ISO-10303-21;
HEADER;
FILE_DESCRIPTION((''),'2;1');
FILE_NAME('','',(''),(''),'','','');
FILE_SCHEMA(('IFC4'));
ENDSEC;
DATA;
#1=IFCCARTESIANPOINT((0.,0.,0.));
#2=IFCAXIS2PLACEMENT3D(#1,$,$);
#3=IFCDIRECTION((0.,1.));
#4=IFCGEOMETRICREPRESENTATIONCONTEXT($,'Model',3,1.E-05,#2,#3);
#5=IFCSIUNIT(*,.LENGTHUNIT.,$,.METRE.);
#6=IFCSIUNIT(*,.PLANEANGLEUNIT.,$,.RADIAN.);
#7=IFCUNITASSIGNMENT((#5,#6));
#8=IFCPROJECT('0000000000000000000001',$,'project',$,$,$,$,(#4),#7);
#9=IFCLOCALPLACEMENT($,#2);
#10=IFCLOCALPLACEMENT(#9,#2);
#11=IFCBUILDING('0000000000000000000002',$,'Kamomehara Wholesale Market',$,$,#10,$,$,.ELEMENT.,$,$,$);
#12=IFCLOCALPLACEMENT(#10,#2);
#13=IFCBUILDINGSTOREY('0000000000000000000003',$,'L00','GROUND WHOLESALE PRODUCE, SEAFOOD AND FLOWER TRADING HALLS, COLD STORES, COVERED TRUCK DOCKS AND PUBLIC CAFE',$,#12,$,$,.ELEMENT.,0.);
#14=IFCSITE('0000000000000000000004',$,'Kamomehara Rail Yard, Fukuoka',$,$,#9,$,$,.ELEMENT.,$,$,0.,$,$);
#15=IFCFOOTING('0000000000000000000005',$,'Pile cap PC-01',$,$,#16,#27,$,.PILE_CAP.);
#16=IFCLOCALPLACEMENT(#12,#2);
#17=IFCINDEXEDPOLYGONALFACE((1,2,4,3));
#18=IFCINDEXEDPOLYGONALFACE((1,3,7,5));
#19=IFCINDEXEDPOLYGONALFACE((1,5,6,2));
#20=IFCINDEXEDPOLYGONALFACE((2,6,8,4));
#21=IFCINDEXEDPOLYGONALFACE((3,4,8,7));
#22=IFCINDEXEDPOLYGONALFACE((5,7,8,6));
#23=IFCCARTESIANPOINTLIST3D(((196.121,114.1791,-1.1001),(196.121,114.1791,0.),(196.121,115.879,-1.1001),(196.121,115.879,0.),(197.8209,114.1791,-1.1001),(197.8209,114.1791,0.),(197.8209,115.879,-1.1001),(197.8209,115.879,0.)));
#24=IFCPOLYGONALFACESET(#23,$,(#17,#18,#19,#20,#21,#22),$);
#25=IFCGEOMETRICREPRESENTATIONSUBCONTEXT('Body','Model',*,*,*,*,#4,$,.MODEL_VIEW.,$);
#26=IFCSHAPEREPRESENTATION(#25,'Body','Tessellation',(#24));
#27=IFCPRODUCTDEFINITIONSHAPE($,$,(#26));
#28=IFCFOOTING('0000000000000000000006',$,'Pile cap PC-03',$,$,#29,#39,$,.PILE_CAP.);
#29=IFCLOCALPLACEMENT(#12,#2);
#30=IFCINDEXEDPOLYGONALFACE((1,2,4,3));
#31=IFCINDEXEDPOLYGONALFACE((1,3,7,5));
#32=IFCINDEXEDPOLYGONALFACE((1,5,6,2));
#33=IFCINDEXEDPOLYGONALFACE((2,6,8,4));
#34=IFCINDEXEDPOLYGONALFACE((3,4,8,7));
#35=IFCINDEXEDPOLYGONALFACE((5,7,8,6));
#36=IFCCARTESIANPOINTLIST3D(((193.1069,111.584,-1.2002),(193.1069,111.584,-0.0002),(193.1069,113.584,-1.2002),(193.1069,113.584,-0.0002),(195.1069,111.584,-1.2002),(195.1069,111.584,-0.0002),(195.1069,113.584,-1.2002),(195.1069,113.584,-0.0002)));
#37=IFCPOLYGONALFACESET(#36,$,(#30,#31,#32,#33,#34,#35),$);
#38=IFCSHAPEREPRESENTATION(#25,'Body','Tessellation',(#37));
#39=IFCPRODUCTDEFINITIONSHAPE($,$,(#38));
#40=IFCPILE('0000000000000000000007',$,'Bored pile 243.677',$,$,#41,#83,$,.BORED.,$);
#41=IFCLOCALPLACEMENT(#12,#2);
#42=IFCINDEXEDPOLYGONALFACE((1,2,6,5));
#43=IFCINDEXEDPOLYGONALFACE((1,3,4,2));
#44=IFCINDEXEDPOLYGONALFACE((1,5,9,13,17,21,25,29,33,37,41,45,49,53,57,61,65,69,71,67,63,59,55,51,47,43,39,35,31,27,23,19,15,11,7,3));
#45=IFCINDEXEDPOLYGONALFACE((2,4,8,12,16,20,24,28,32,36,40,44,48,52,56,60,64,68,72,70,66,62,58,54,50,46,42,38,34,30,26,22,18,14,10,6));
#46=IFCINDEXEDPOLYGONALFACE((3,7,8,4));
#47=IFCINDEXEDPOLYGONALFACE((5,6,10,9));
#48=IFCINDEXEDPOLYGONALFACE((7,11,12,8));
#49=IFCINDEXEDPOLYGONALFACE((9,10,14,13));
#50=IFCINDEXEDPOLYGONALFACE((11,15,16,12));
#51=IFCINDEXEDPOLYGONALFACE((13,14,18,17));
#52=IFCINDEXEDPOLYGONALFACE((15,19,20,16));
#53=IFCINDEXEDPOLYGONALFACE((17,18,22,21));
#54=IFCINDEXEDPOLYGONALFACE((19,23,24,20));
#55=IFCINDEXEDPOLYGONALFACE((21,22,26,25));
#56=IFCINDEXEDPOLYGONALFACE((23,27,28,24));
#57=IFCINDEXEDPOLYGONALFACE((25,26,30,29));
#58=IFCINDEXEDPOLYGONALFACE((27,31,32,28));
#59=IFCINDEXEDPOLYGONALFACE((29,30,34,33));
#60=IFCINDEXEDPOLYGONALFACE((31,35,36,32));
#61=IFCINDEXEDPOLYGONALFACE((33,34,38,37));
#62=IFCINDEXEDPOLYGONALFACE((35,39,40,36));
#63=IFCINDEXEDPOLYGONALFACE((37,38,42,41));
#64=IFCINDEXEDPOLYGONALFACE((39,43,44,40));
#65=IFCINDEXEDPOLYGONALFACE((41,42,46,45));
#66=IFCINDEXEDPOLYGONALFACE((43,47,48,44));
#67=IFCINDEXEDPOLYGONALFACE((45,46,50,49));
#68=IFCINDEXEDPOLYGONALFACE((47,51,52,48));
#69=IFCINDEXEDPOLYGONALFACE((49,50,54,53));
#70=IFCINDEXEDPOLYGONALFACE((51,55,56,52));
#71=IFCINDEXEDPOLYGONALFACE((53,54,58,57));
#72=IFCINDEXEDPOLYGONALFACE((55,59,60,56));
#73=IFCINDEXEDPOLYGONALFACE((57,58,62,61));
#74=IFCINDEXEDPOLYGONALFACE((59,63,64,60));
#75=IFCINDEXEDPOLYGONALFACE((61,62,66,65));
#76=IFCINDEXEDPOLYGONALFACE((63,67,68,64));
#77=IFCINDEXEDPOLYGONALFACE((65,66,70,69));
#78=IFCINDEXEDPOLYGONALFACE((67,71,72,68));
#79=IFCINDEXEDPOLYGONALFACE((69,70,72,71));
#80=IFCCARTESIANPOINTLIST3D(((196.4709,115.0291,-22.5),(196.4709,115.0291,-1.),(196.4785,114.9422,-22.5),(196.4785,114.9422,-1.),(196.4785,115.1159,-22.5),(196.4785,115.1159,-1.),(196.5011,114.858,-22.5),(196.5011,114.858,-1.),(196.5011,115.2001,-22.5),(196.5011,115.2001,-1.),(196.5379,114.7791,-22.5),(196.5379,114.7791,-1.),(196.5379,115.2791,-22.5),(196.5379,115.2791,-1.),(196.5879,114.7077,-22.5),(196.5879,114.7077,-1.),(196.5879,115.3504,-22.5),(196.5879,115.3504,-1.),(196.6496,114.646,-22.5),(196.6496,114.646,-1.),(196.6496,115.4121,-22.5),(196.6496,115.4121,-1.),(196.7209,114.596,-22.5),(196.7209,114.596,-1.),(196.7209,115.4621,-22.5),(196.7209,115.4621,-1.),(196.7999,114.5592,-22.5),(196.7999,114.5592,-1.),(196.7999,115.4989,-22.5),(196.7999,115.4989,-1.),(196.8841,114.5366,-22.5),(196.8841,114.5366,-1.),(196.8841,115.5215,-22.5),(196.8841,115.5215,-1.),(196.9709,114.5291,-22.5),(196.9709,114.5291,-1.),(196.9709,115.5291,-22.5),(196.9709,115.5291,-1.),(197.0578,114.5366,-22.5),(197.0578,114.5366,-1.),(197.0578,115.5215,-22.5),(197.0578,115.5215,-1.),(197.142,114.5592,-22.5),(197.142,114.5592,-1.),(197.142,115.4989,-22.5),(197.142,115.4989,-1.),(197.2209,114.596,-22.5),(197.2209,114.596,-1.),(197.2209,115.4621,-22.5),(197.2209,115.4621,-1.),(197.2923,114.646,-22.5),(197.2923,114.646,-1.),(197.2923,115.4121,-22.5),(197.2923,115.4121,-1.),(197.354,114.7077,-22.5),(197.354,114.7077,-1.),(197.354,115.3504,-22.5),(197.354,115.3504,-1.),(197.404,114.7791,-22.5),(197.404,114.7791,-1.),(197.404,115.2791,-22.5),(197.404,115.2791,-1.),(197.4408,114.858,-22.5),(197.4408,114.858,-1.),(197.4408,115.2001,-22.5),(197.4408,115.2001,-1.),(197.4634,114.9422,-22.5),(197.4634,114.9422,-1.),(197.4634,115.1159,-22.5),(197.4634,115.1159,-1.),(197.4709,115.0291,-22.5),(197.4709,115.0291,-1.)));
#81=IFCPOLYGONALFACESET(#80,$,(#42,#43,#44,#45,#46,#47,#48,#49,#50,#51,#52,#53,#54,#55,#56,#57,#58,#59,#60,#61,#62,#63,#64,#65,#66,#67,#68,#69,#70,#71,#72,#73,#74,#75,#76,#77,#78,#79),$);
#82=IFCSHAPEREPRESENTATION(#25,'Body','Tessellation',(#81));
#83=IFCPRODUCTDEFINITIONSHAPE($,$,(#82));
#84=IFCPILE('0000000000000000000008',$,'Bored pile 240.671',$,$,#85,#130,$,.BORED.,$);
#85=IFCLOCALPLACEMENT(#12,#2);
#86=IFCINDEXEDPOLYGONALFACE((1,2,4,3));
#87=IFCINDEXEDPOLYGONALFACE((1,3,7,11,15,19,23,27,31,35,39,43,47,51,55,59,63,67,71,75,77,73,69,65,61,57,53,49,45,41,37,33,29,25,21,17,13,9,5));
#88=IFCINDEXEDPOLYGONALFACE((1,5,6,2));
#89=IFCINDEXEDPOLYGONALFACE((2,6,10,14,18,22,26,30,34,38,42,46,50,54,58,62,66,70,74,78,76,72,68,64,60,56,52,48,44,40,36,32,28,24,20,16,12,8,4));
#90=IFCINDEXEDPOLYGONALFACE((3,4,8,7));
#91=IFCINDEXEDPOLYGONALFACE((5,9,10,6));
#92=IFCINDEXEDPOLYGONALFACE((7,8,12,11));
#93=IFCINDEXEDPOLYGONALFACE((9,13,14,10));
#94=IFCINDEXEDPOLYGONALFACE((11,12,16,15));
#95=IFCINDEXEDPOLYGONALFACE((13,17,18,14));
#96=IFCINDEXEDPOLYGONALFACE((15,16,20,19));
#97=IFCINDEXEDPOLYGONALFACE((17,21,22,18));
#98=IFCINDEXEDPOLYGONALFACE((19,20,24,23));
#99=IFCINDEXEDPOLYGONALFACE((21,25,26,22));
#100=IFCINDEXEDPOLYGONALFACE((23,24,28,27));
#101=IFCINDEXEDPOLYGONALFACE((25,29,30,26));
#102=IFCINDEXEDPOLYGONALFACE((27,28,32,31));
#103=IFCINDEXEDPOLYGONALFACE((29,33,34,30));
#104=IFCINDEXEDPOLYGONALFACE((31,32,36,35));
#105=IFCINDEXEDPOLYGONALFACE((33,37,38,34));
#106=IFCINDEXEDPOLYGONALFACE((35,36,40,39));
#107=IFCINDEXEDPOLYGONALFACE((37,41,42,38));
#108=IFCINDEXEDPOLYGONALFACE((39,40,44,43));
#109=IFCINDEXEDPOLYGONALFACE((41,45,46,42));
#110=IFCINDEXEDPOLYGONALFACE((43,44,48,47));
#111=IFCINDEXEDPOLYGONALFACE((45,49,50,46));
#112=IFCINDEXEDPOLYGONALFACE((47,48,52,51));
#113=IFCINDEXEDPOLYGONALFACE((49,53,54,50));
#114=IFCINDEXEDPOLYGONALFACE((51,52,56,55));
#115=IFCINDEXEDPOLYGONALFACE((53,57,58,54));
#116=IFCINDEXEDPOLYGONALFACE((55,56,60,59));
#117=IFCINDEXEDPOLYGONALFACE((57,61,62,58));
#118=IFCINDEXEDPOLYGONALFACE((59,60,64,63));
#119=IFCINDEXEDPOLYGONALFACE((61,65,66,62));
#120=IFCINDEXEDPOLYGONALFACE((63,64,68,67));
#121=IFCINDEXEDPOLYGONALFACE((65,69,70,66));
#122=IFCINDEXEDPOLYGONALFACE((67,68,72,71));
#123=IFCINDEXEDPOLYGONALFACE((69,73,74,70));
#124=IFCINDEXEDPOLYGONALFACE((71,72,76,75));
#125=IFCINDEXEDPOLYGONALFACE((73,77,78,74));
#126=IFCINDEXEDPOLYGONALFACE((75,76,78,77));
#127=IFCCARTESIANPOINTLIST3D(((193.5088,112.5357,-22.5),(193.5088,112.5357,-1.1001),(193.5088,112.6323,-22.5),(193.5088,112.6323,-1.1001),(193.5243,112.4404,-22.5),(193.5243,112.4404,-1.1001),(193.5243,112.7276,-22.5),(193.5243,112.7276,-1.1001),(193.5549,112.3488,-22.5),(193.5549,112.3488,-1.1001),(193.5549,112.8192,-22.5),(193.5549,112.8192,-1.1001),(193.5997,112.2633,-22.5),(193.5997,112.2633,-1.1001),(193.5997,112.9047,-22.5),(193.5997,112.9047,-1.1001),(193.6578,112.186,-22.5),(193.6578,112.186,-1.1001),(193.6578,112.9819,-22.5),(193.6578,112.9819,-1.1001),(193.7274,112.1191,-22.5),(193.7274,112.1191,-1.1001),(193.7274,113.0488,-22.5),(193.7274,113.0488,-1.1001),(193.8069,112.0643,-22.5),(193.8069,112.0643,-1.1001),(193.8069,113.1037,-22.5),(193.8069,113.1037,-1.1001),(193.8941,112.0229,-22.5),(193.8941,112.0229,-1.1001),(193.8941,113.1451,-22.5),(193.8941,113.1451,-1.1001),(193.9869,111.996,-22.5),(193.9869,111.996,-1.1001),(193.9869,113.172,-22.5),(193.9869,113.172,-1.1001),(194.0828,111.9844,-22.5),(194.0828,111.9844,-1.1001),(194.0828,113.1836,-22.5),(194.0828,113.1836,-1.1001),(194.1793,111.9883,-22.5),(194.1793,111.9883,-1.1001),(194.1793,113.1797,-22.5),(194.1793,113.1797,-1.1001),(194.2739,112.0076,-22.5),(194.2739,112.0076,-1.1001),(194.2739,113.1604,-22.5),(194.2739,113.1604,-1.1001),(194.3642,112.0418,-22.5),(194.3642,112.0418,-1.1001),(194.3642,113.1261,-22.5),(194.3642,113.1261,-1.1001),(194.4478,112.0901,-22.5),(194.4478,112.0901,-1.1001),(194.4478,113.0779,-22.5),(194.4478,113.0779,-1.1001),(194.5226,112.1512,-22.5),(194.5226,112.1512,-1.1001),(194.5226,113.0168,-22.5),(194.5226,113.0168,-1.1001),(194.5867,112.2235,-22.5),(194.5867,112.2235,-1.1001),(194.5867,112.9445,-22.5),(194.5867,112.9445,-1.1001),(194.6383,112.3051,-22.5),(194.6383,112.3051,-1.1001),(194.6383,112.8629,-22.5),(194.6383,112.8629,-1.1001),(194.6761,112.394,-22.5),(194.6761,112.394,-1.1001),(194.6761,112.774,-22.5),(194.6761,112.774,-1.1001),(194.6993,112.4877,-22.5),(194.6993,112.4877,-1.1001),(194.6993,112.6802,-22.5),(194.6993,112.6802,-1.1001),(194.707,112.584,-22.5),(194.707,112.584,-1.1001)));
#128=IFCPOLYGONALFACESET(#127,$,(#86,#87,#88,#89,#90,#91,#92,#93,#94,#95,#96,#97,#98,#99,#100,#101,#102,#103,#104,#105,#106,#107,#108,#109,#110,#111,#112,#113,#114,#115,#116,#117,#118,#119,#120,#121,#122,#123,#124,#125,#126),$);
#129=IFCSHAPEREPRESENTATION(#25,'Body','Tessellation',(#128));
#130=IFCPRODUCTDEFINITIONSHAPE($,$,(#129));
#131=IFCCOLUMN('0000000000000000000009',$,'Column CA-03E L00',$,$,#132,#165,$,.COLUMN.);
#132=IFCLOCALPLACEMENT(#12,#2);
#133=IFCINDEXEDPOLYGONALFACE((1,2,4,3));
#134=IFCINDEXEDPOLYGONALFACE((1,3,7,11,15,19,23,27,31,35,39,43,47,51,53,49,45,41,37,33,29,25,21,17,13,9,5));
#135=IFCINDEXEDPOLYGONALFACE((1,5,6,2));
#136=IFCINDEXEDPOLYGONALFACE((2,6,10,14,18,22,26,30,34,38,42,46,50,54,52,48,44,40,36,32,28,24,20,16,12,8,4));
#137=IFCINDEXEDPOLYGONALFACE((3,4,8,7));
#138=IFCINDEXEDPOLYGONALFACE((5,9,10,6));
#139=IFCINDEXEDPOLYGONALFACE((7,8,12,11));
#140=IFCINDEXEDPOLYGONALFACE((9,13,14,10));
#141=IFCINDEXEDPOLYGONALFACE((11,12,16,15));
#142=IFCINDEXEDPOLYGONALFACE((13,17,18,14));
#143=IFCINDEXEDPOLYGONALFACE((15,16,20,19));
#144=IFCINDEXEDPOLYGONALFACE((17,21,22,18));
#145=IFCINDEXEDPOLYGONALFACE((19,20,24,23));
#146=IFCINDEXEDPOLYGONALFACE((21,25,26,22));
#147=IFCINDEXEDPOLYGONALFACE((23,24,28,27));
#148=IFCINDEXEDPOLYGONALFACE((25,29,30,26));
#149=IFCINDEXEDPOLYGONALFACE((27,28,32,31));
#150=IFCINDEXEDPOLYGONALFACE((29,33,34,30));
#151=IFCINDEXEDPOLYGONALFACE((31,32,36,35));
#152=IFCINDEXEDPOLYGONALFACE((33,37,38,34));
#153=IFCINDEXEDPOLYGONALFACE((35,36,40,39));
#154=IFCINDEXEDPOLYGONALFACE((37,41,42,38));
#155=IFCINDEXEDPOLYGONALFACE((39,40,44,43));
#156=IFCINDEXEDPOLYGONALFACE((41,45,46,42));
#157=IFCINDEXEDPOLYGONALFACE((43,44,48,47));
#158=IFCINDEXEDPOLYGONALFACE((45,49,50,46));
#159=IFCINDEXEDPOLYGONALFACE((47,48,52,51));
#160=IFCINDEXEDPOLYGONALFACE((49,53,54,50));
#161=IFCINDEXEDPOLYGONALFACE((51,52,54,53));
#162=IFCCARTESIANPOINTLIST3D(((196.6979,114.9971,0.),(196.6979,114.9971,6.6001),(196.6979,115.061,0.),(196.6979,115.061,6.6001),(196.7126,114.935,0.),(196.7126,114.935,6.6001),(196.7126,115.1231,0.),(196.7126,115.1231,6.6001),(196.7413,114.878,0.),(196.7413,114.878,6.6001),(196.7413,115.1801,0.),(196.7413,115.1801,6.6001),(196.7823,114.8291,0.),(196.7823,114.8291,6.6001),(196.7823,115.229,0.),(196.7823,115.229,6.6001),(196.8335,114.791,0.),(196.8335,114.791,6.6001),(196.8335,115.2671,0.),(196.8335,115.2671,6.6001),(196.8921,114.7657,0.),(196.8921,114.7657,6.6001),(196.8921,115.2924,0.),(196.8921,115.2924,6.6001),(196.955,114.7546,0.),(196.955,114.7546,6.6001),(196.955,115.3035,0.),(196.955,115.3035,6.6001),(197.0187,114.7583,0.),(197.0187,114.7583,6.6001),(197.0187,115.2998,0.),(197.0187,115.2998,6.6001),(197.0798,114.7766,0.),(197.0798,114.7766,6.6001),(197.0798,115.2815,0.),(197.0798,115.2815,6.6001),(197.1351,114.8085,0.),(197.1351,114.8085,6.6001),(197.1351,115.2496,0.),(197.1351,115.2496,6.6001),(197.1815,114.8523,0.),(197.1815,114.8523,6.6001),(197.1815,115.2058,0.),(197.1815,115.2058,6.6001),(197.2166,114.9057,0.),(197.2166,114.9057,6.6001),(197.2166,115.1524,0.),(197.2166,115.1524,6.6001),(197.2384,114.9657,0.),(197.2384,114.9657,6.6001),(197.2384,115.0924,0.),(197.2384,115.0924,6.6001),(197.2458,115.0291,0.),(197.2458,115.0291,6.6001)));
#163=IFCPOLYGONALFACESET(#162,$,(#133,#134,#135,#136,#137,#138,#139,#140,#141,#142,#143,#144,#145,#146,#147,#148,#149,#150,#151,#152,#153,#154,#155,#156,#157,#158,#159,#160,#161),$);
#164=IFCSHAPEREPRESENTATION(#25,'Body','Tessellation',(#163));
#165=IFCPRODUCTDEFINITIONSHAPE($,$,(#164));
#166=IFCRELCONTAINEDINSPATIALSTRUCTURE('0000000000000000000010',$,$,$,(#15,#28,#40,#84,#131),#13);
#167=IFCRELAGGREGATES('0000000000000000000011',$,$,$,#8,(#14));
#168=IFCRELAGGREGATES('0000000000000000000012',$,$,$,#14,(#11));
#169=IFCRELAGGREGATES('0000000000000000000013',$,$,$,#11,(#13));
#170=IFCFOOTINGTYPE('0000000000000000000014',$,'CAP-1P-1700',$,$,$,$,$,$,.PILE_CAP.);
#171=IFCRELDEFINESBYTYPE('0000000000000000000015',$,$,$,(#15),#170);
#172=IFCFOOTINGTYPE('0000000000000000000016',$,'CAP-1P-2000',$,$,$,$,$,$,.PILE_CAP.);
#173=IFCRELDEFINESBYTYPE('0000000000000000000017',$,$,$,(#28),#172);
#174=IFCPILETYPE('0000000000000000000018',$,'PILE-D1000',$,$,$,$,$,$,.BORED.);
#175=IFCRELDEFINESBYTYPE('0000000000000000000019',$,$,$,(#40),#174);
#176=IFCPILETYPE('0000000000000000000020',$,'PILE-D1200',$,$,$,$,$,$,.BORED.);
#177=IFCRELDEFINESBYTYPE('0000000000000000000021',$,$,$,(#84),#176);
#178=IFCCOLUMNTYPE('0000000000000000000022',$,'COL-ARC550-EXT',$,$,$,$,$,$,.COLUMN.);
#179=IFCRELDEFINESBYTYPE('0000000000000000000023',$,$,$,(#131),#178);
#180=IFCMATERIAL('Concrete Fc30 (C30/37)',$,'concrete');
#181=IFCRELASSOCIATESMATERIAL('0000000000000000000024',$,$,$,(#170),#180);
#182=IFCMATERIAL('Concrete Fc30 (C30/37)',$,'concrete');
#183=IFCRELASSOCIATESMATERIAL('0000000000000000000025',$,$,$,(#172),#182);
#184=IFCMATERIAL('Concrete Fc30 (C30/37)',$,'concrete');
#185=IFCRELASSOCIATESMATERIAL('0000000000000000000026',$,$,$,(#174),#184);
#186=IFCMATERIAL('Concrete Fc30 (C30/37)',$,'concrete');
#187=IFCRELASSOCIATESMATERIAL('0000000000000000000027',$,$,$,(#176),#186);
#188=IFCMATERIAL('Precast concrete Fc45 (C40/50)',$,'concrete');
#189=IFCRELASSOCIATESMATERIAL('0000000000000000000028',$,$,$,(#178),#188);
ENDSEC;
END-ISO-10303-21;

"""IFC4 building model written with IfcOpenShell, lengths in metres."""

from ifc_helpers import new_model, si_unit, direction, frame, origin, origin_2d, place, context, subcontext, project, spatial, rectangle, circle, extrude, material, material_profile, profile_set, type_object, element, save


model = new_model("IFC4")

# Units and contexts
model_context = context("Model", 3, precision=1e-05, world=origin(), true_north=direction((0.0, 1.0)))
body_context = subcontext(model_context, "Body", "Model", "MODEL_VIEW")
ifc_project = project(units=[si_unit("LENGTHUNIT", "METRE"), si_unit("PLANEANGLEUNIT", "RADIAN")], contexts=[model_context])

# Site, building, storey
site_placement = place(None, origin())
site = spatial("IfcSite", under=ifc_project, at=site_placement, Name="Kamomehara Rail Yard, Fukuoka", CompositionType="ELEMENT", RefElevation=0.0)
building_placement = place(site_placement, origin())
building = spatial("IfcBuilding", under=site, at=building_placement, Name="Kamomehara Wholesale Market", CompositionType="ELEMENT")
storey_placement = place(building_placement, origin())
storey = spatial("IfcBuildingStorey", under=building, at=storey_placement, Name="L00", Description="GROUND WHOLESALE PRODUCE, SEAFOOD AND FLOWER TRADING HALLS, COLD STORES, COVERED TRUCK DOCKS AND PUBLIC CAFE", CompositionType="ELEMENT", Elevation=0.0)

# Footings
ifc_material_1 = material(Name="Concrete Fc30 (C30/37)", Category="concrete")
footing_type_1 = type_object("IfcFootingType", Name="CAP-1P-1700", PredefinedType="PILE_CAP", material=ifc_material_1)
footing_1_placement = place(storey_placement, frame((196.9709, 115.0291, -1.1001), z_axis=(0.0, 0.0, 1.0), x_axis=(1.0, 0.0, 0.0)))
element("IfcFooting", 1, at=footing_1_placement, inside=storey, type_object=footing_type_1, Name="Pile cap PC-01", PredefinedType="PILE_CAP", context=body_context, shape_type="SweptSolid", body=[
    extrude(rectangle(XDim=1.7, YDim=1.7, at=origin_2d()), origin(), (0.0, 0.0, 1.0), 1.1001),
])
ifc_material_2 = material(Name="Concrete Fc30 (C30/37)", Category="concrete")
footing_type_2 = type_object("IfcFootingType", Name="CAP-1P-2000", PredefinedType="PILE_CAP", material=ifc_material_2)
footing_2_placement = place(storey_placement, frame((194.1069, 112.584, -1.2002), z_axis=(0.0, 0.0, 1.0), x_axis=(1.0, 0.0, 0.0)))
element("IfcFooting", 2, at=footing_2_placement, inside=storey, type_object=footing_type_2, Name="Pile cap PC-03", PredefinedType="PILE_CAP", context=body_context, shape_type="SweptSolid", body=[
    extrude(rectangle(XDim=2.0, YDim=2.0, at=origin_2d()), origin(), (0.0, 0.0, 1.0), 1.2),
])

# Piles
ifc_material_3 = material(Name="Concrete Fc30 (C30/37)", Category="concrete")
ifc_material_profile_1 = material_profile(ifc_material_3, circle(Radius=0.5, at=origin_2d()), Name="RC-PILE-D1000")
ifc_profile_set_1 = profile_set([ifc_material_profile_1], Name="Concrete Fc30 (C30/37)")
pile_type_1 = type_object("IfcPileType", Name="PILE-D1000", PredefinedType="BORED", material=ifc_profile_set_1)
pile_1_placement = place(storey_placement, frame((196.9709, 115.0291, -1.0), z_axis=(0.0, 0.0, -1.0), x_axis=(1.0, 0.0, 0.0)))
element("IfcPile", 3, at=pile_1_placement, inside=storey, type_object=pile_type_1, Name="Bored pile 243.677", PredefinedType="BORED", context=body_context, shape_type="SweptSolid", body=[
    extrude(circle(Radius=0.5, at=origin_2d()), origin(), (0.0, 0.0, 1.0), 21.5),
])
ifc_material_4 = material(Name="Concrete Fc30 (C30/37)", Category="concrete")
ifc_material_profile_2 = material_profile(ifc_material_4, circle(Radius=0.6001, at=origin_2d()), Name="RC-PILE-D1200")
ifc_profile_set_2 = profile_set([ifc_material_profile_2], Name="Concrete Fc30 (C30/37)")
pile_type_2 = type_object("IfcPileType", Name="PILE-D1200", PredefinedType="BORED", material=ifc_profile_set_2)
pile_2_placement = place(storey_placement, frame((194.1069, 112.584, -1.1001), z_axis=(0.0, 0.0, -1.0), x_axis=(1.0, 0.0, 0.0)))
element("IfcPile", 4, at=pile_2_placement, inside=storey, type_object=pile_type_2, Name="Bored pile 240.671", PredefinedType="BORED", context=body_context, shape_type="SweptSolid", body=[
    extrude(circle(Radius=0.6001, at=origin_2d()), origin(), (0.0, 0.0, 1.0), 21.3999),
])

# Column
ifc_material_5 = material(Name="Precast concrete Fc45 (C40/50)", Category="concrete")
ifc_material_profile_3 = material_profile(ifc_material_5, circle(Radius=0.2749, at=origin_2d()), Name="PC-ARC-D550")
ifc_profile_set_3 = profile_set([ifc_material_profile_3], Name="Precast concrete Fc45 (C40/50)")
column_type_1 = type_object("IfcColumnType", Name="COL-ARC550-EXT", PredefinedType="COLUMN", material=ifc_profile_set_3)
column_1_placement = place(storey_placement, frame((196.9709, 115.0291, 0.0), z_axis=(0.0, 0.0, 1.0), x_axis=(1.0, 0.0, 0.0)))
element("IfcColumn", 5, at=column_1_placement, inside=storey, type_object=column_type_1, Name="Column CA-03E L00", PredefinedType="COLUMN", context=body_context, shape_type="SweptSolid", body=[
    extrude(circle(Radius=0.2749, at=origin_2d()), origin(), (0.0, 0.0, 1.0), 6.6001),
])

save(model, "model.ifc")
